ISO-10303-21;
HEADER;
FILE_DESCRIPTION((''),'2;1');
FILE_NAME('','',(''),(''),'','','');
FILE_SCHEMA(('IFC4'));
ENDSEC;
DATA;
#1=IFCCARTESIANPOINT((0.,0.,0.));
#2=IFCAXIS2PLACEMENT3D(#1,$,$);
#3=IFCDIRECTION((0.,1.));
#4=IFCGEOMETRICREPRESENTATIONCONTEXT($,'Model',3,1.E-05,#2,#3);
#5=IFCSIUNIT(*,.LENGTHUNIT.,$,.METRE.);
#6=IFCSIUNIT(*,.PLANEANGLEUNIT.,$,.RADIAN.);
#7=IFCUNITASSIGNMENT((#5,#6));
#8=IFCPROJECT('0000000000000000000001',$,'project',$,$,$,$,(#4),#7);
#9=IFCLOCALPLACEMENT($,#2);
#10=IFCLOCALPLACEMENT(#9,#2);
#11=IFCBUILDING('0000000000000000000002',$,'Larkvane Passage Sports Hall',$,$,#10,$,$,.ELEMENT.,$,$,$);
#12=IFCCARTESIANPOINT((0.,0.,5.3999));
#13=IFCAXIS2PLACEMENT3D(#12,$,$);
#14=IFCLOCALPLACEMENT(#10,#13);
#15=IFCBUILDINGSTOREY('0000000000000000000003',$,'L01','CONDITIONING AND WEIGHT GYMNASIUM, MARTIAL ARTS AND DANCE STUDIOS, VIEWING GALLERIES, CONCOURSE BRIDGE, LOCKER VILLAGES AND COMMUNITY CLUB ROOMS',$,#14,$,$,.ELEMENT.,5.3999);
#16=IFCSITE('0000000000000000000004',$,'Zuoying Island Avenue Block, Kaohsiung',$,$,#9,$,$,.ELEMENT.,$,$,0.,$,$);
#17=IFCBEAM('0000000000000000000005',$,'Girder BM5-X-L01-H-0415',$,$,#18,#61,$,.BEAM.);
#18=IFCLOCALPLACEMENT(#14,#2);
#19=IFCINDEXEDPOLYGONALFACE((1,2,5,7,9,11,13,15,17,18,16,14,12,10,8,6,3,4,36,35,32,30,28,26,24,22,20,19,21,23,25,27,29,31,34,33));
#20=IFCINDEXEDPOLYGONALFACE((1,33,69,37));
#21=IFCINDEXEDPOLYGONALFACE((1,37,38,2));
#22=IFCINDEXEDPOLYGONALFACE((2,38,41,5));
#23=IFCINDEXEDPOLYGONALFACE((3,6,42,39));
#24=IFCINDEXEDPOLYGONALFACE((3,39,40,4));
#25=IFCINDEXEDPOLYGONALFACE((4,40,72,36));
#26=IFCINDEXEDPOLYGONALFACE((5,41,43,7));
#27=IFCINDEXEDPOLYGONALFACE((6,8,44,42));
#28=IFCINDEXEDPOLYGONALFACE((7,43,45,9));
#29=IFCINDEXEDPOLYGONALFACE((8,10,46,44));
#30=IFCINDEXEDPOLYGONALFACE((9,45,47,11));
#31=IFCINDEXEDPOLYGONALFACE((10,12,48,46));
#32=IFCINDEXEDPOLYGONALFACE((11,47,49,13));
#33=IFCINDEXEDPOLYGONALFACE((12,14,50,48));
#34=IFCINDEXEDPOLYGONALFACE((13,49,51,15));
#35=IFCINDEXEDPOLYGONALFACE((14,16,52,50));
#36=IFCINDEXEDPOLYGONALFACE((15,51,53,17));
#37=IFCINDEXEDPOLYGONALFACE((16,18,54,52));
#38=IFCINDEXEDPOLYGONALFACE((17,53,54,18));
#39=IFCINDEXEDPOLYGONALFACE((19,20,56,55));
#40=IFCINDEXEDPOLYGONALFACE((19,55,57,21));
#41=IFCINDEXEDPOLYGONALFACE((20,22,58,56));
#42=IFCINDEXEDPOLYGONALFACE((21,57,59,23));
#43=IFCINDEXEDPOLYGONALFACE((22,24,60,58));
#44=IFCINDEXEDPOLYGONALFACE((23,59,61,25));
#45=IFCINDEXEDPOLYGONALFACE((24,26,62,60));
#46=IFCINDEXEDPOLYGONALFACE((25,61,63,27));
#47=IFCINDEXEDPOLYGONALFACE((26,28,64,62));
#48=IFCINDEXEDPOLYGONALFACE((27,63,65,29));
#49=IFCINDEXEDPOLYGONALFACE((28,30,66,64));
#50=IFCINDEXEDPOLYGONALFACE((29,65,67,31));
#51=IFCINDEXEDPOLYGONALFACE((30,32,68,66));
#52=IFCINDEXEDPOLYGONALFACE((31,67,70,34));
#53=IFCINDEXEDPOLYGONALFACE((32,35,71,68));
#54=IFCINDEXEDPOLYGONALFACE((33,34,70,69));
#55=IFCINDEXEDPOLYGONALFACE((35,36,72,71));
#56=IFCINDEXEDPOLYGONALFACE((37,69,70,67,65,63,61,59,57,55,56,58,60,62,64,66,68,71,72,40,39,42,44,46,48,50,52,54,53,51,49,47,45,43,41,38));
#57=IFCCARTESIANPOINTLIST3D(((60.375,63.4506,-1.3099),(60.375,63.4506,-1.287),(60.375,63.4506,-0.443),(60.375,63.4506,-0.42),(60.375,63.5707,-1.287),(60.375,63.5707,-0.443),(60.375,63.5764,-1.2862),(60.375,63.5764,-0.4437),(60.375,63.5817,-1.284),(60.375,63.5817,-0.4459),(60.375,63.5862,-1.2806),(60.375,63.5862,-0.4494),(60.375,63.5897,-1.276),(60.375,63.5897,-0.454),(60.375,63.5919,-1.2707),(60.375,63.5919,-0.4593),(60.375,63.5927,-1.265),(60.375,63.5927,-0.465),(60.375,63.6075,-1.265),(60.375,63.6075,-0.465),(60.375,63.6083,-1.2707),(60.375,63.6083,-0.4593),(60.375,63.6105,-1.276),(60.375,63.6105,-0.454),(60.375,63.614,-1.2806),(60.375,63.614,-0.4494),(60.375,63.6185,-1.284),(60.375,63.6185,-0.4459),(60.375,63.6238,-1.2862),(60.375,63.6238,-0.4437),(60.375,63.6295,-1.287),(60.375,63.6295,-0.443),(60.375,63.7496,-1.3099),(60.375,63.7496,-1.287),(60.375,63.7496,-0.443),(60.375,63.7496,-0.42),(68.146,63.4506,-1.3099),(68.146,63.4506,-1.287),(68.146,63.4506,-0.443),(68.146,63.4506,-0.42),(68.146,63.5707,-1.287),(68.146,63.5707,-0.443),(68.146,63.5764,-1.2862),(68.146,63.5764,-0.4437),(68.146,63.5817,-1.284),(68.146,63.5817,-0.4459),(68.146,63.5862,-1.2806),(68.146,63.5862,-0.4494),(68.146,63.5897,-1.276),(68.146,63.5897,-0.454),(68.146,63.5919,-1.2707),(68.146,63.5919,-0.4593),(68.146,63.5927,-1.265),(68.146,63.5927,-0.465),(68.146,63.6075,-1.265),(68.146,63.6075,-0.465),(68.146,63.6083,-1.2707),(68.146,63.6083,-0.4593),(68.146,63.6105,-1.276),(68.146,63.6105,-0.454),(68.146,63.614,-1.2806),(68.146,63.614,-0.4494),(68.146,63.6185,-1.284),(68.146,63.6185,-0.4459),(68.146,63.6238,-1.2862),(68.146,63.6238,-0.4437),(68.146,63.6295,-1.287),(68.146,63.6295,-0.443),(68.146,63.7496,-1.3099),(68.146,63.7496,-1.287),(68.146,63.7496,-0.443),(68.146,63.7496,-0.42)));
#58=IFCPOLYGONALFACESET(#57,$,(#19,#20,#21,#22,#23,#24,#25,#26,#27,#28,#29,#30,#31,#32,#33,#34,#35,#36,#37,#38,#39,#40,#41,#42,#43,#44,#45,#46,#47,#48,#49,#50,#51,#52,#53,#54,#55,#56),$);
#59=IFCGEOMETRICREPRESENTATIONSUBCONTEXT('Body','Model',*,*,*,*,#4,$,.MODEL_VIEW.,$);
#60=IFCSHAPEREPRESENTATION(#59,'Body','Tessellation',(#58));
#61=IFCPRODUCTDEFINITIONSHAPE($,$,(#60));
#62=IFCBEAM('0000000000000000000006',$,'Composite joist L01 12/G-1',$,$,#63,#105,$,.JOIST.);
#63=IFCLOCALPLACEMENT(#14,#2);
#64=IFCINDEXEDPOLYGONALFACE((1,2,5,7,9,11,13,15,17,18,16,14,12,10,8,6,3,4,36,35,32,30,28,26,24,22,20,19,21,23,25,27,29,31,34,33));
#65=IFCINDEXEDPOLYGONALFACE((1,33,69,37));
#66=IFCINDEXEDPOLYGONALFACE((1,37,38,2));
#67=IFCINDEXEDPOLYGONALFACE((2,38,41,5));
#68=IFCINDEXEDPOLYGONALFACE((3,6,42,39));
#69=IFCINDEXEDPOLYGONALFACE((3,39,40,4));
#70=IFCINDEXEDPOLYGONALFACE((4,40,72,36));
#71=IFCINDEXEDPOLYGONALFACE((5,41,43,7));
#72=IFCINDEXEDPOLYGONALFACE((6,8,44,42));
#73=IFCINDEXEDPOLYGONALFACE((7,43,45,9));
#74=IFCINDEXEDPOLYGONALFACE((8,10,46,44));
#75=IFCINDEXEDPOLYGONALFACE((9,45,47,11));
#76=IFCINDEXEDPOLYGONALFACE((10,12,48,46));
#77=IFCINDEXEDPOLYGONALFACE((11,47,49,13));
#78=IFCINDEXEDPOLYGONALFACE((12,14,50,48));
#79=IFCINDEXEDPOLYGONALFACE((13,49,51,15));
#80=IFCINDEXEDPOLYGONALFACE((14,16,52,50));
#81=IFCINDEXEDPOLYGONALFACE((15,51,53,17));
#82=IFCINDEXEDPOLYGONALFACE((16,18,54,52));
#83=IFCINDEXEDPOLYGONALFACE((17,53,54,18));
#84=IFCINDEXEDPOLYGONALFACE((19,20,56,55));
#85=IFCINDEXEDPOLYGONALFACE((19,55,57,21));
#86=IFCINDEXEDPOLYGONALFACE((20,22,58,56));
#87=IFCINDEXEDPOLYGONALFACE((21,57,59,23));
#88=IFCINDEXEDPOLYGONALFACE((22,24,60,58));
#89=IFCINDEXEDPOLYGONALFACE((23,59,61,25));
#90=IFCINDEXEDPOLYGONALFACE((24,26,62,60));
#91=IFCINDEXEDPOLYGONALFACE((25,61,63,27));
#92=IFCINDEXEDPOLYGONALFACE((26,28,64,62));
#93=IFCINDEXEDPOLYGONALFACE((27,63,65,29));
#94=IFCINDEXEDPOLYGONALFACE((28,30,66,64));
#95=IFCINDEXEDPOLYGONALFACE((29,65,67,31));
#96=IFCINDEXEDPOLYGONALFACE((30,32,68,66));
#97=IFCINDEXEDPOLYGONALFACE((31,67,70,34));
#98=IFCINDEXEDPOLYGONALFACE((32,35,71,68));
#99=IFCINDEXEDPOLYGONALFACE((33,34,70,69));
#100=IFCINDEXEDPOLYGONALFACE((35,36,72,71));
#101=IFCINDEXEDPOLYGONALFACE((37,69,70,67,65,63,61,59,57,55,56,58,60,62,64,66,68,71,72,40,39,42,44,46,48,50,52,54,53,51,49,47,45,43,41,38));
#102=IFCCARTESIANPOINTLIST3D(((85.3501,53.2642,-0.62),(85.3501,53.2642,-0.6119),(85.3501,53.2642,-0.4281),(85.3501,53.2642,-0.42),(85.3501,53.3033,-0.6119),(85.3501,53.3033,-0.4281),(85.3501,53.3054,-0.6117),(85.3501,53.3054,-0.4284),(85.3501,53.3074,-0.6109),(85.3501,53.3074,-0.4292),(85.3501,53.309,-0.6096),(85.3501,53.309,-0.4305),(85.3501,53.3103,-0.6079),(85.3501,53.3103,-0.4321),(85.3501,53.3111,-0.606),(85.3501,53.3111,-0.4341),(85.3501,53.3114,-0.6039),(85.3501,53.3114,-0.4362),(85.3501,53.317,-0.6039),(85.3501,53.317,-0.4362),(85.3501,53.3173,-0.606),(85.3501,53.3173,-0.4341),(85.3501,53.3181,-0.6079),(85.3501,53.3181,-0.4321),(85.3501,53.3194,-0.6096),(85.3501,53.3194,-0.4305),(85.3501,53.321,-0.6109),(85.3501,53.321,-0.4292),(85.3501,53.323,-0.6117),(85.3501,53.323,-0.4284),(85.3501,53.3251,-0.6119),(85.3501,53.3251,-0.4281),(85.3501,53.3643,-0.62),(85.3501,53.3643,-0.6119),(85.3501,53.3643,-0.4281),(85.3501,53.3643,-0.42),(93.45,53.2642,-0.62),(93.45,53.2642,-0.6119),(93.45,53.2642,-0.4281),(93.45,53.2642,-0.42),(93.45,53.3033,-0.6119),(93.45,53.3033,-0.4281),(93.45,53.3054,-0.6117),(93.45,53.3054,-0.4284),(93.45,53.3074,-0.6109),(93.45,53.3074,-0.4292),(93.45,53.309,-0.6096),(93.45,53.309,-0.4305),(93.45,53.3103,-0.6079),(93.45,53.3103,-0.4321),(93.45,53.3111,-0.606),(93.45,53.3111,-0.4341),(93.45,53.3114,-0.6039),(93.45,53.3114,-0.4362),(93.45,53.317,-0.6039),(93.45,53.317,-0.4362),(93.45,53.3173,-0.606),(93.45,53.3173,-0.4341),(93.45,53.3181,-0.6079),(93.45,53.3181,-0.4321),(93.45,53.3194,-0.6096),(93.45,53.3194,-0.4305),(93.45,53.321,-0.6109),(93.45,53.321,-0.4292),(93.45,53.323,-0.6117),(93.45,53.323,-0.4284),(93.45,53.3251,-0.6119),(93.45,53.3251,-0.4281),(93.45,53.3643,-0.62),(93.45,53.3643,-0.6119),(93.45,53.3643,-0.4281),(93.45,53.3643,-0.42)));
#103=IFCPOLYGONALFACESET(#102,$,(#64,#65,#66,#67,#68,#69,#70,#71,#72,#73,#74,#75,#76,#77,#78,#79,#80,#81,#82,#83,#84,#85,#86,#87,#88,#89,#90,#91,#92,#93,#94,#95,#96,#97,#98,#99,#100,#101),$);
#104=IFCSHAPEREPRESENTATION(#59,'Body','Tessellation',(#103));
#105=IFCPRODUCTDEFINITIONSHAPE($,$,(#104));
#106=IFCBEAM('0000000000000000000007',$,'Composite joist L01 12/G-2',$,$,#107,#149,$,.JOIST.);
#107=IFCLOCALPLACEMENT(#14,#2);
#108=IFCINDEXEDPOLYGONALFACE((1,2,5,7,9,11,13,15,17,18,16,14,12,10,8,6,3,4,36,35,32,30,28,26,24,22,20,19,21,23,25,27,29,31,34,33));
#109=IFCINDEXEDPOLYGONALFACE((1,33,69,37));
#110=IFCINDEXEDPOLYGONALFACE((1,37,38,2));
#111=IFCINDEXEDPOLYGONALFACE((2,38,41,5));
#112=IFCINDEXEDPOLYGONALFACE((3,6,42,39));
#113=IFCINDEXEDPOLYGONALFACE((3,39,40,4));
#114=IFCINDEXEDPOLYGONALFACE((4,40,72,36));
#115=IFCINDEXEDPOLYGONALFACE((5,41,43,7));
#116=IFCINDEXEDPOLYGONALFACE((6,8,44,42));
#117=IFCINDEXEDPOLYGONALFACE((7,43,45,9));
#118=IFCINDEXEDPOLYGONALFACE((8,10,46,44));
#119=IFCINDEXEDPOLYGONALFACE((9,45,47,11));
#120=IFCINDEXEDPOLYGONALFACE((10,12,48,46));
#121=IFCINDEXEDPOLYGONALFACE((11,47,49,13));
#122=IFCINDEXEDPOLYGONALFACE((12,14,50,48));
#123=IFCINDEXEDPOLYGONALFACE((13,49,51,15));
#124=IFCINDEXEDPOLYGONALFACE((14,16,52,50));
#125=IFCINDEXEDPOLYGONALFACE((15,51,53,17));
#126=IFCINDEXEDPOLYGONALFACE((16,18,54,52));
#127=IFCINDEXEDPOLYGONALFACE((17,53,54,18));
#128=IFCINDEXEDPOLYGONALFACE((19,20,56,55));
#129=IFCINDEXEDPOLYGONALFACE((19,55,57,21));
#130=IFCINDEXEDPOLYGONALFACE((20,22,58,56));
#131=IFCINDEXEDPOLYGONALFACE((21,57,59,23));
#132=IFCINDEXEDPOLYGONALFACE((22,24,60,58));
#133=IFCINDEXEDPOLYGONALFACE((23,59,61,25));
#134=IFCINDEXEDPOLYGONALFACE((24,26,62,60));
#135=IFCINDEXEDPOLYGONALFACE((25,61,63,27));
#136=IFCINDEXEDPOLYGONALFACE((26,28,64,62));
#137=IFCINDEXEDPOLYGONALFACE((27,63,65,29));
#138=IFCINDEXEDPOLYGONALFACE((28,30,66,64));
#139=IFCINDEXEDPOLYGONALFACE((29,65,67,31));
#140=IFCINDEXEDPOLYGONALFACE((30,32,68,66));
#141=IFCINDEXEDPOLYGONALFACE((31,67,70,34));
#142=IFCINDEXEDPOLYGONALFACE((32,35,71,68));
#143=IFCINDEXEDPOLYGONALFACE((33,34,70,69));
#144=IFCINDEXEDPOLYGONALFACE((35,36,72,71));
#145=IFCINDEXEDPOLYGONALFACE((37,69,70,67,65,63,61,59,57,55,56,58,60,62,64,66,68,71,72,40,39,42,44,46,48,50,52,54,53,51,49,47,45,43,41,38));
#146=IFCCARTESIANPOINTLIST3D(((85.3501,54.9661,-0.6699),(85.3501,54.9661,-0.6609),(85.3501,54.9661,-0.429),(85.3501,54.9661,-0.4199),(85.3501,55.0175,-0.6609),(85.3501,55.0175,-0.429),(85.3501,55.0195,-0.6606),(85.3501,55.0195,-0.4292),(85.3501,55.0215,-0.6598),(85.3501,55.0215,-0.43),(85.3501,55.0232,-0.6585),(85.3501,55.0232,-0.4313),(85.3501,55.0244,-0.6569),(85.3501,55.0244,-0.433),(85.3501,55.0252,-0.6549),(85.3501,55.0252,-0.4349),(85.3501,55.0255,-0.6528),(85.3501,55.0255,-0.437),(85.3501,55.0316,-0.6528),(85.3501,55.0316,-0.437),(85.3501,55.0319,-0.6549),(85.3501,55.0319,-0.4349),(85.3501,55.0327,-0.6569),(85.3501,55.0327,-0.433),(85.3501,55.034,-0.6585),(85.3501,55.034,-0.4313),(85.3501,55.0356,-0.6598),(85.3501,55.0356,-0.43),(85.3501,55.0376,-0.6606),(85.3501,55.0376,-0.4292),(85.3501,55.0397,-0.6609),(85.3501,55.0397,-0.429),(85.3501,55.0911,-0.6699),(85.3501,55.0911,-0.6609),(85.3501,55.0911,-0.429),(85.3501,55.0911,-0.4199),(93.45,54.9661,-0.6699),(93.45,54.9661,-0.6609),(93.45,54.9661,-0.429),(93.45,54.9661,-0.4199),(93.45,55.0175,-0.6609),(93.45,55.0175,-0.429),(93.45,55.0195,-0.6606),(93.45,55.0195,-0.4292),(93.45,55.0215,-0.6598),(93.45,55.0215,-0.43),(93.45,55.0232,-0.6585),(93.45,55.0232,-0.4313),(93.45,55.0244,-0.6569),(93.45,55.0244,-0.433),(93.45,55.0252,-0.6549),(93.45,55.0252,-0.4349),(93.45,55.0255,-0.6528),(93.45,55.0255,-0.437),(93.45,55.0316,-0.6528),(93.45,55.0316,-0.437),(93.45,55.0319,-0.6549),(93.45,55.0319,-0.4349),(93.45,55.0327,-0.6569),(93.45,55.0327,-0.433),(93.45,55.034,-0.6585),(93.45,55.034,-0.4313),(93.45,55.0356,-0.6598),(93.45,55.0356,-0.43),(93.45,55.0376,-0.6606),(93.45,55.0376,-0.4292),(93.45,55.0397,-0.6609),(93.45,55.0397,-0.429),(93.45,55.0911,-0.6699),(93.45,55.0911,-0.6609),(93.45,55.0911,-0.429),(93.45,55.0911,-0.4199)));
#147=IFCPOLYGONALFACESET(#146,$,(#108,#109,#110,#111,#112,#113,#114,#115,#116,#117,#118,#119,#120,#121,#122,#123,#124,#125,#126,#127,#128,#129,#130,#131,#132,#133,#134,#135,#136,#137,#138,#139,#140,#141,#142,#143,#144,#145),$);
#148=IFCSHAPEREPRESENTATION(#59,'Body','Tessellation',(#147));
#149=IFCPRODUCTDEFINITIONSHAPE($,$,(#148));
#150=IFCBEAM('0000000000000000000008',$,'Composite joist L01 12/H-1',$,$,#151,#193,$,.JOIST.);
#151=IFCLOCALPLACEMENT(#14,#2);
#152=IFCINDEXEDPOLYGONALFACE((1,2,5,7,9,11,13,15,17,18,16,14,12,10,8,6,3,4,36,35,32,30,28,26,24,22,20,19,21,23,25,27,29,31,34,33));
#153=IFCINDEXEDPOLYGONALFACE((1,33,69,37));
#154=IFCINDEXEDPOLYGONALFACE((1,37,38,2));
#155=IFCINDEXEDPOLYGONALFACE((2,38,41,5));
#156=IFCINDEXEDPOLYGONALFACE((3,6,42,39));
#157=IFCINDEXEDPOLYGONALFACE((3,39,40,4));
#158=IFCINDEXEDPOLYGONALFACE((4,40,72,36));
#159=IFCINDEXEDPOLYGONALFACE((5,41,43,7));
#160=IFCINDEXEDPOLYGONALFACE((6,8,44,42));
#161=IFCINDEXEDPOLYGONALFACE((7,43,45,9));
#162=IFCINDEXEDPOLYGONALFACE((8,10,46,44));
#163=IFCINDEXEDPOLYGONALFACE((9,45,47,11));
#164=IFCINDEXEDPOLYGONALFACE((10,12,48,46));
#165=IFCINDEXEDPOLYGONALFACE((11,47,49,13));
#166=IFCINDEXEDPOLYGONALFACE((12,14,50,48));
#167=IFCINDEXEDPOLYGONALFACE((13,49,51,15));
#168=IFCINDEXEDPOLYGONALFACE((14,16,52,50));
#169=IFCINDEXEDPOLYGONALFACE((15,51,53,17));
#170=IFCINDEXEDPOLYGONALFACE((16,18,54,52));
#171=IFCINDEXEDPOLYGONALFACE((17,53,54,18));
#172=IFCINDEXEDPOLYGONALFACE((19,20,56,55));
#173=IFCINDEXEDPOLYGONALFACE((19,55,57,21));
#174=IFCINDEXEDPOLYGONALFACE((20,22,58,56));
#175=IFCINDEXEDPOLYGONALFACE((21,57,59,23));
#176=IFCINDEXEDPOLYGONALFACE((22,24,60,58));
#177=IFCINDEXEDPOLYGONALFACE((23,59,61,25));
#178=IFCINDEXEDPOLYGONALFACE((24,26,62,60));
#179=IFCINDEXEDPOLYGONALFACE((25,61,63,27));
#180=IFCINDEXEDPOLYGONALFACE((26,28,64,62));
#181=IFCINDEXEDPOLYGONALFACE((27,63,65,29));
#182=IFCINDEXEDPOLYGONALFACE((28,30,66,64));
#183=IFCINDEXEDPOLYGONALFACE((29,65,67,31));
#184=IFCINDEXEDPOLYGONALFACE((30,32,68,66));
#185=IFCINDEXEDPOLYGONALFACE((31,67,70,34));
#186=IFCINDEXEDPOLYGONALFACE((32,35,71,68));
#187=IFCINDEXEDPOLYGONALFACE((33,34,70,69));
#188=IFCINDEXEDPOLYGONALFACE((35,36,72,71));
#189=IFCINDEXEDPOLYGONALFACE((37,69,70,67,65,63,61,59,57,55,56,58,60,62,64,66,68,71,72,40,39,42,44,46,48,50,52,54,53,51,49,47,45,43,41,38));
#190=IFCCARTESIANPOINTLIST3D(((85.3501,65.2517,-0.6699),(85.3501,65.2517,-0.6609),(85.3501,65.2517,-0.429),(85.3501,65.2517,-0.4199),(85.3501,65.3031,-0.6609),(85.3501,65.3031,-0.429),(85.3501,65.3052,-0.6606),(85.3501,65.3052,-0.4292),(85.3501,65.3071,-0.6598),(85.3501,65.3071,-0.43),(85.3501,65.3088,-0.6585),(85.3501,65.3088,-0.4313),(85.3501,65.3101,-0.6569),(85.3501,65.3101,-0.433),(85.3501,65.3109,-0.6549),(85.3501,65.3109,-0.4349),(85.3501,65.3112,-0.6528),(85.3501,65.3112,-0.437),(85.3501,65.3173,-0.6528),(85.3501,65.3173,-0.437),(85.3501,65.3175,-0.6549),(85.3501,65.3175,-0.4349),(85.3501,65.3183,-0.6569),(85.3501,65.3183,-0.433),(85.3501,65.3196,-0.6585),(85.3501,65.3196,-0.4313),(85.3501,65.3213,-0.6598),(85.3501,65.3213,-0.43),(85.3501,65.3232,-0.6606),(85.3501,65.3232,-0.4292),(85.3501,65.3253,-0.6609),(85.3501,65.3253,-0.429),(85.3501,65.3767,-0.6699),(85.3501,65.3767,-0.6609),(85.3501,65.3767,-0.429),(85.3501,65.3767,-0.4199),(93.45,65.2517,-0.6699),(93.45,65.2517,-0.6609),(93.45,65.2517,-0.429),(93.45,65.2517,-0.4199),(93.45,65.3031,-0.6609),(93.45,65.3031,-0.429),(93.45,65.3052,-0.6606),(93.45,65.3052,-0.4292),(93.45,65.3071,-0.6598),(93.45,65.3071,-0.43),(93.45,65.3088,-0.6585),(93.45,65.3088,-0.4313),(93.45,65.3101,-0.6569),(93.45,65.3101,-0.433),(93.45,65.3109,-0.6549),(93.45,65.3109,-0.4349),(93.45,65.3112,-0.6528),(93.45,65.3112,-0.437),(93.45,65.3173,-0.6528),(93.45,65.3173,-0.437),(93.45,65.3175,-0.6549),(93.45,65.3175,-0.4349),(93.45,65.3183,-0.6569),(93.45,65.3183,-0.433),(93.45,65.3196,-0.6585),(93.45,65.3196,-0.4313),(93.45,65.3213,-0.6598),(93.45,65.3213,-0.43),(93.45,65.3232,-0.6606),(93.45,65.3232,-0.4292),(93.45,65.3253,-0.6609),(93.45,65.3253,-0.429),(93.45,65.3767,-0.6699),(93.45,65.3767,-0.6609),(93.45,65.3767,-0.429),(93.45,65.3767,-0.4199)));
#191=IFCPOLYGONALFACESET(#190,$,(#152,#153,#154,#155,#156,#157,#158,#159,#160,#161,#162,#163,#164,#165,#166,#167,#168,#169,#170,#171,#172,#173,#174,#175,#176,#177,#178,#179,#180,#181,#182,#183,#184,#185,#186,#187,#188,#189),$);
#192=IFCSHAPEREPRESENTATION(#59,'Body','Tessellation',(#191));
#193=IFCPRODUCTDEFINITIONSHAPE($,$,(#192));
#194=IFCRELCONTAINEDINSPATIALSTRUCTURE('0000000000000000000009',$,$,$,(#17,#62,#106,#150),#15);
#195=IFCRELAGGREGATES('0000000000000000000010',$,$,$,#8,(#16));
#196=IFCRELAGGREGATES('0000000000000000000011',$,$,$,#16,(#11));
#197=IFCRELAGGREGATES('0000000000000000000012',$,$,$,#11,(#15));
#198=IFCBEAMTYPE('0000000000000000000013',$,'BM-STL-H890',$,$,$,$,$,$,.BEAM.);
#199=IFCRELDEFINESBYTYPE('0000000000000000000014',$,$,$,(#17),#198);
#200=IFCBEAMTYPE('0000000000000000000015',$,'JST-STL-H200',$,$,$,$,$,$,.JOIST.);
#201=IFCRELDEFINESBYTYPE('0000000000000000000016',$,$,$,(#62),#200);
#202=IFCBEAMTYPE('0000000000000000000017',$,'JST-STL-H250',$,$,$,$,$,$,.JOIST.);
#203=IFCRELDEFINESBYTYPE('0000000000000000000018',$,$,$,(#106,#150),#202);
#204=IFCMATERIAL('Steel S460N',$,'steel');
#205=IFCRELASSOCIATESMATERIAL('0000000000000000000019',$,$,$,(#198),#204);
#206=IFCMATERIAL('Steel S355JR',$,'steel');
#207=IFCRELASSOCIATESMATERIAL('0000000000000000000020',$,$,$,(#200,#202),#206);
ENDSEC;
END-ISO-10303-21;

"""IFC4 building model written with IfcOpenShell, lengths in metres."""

from ifc_helpers import new_model, si_unit, direction, frame, origin, origin_2d, place, context, subcontext, project, spatial, i_section, extrude, material, material_profile, profile_set, type_object, element, save


model = new_model("IFC4")

# Units and contexts
model_context = context("Model", 3, precision=1e-05, world=origin(), true_north=direction((0.0, 1.0)))
body_context = subcontext(model_context, "Body", "Model", "MODEL_VIEW")
ifc_project = project(units=[si_unit("LENGTHUNIT", "METRE"), si_unit("PLANEANGLEUNIT", "RADIAN")], contexts=[model_context])

# Site, building, storey
site_placement = place(None, origin())
site = spatial("IfcSite", under=ifc_project, at=site_placement, Name="Zuoying Island Avenue Block, Kaohsiung", CompositionType="ELEMENT", RefElevation=0.0)
building_placement = place(site_placement, origin())
building = spatial("IfcBuilding", under=site, at=building_placement, Name="Larkvane Passage Sports Hall", CompositionType="ELEMENT")
storey_placement = place(building_placement, frame((0.0, 0.0, 5.3999)))
storey = spatial("IfcBuildingStorey", under=building, at=storey_placement, Name="L01", Description="CONDITIONING AND WEIGHT GYMNASIUM, MARTIAL ARTS AND DANCE STUDIOS, VIEWING GALLERIES, CONCOURSE BRIDGE, LOCKER VILLAGES AND COMMUNITY CLUB ROOMS", CompositionType="ELEMENT", Elevation=5.3999)

# Shared definitions
ifc_material_1 = material(Name="Steel S460N", Category="steel")
ifc_material_2 = material(Name="Steel S355JR", Category="steel")

# Beams
ifc_material_profile_1 = material_profile(ifc_material_1, i_section(OverallWidth=0.2991, OverallDepth=0.8899, WebThickness=0.0149, FlangeThickness=0.0229, FilletRadius=0.022, at=origin_2d()), Name="H-890x299x15x23")
ifc_profile_set_1 = profile_set([ifc_material_profile_1], Name="Steel S460N")
beam_type_1 = type_object("IfcBeamType", Name="BM-STL-H890", PredefinedType="BEAM", material=ifc_profile_set_1)
beam_1_placement = place(storey_placement, frame((60.375, 63.6001, -0.865), z_axis=(1.0, 0.0, 0.0), x_axis=(0.0, 1.0, 0.0)))
element("IfcBeam", 1, at=beam_1_placement, inside=storey, type_object=beam_type_1, Name="Girder BM5-X-L01-H-0415", PredefinedType="BEAM", context=body_context, shape_type="SweptSolid", body=[
    extrude(i_section(OverallWidth=0.2991, OverallDepth=0.8899, WebThickness=0.0149, FlangeThickness=0.0229, FilletRadius=0.022, at=origin_2d()), origin(), (0.0, 0.0, 1.0), 7.771),
])
ifc_material_profile_2 = material_profile(ifc_material_2, i_section(OverallWidth=0.1001, OverallDepth=0.2, WebThickness=0.0056, FlangeThickness=0.0081, FilletRadius=0.0081, at=origin_2d()), Name="H-200x100x5.5x8")
ifc_profile_set_2 = profile_set([ifc_material_profile_2], Name="Steel S355JR")
beam_type_2 = type_object("IfcBeamType", Name="JST-STL-H200", PredefinedType="JOIST", material=ifc_profile_set_2)
beam_2_placement = place(storey_placement, frame((85.3501, 53.3142, -0.52), z_axis=(1.0, 0.0, 0.0), x_axis=(0.0, 1.0, 0.0)))
element("IfcBeam", 2, at=beam_2_placement, inside=storey, type_object=beam_type_2, Name="Composite joist L01 12/G-1", PredefinedType="JOIST", context=body_context, shape_type="SweptSolid", body=[
    extrude(i_section(OverallWidth=0.1001, OverallDepth=0.2, WebThickness=0.0056, FlangeThickness=0.0081, FilletRadius=0.0081, at=origin_2d()), origin(), (0.0, 0.0, 1.0), 8.0999),
])
ifc_material_profile_3 = material_profile(ifc_material_2, i_section(OverallWidth=0.125, OverallDepth=0.25, WebThickness=0.0061, FlangeThickness=0.009, FilletRadius=0.0081, at=origin_2d()), Name="H-250x125x6x9")
ifc_profile_set_3 = profile_set([ifc_material_profile_3], Name="Steel S355JR")
beam_type_3 = type_object("IfcBeamType", Name="JST-STL-H250", PredefinedType="JOIST", material=ifc_profile_set_3)
for number, where, z_axis, x_axis, name in (
    (3, (85.3501, 55.0286, -0.5449), (1.0, 0.0, 0.0), (0.0, 1.0, 0.0), "Composite joist L01 12/G-2"),
    (4, (85.3501, 65.3142, -0.5449), (1.0, 0.0, 0.0), (0.0, 1.0, 0.0), "Composite joist L01 12/H-1"),
):
    element("IfcBeam", number, at=place(storey_placement, frame(where, z_axis=z_axis, x_axis=x_axis)), inside=storey, type_object=beam_type_3, Name=name, PredefinedType="JOIST", context=body_context, shape_type="SweptSolid", body=[
        extrude(i_section(OverallWidth=0.125, OverallDepth=0.25, WebThickness=0.0061, FlangeThickness=0.009, FilletRadius=0.0081, at=origin_2d()), origin(), (0.0, 0.0, 1.0), 8.0999),
    ])

save(model, "model.ifc")
